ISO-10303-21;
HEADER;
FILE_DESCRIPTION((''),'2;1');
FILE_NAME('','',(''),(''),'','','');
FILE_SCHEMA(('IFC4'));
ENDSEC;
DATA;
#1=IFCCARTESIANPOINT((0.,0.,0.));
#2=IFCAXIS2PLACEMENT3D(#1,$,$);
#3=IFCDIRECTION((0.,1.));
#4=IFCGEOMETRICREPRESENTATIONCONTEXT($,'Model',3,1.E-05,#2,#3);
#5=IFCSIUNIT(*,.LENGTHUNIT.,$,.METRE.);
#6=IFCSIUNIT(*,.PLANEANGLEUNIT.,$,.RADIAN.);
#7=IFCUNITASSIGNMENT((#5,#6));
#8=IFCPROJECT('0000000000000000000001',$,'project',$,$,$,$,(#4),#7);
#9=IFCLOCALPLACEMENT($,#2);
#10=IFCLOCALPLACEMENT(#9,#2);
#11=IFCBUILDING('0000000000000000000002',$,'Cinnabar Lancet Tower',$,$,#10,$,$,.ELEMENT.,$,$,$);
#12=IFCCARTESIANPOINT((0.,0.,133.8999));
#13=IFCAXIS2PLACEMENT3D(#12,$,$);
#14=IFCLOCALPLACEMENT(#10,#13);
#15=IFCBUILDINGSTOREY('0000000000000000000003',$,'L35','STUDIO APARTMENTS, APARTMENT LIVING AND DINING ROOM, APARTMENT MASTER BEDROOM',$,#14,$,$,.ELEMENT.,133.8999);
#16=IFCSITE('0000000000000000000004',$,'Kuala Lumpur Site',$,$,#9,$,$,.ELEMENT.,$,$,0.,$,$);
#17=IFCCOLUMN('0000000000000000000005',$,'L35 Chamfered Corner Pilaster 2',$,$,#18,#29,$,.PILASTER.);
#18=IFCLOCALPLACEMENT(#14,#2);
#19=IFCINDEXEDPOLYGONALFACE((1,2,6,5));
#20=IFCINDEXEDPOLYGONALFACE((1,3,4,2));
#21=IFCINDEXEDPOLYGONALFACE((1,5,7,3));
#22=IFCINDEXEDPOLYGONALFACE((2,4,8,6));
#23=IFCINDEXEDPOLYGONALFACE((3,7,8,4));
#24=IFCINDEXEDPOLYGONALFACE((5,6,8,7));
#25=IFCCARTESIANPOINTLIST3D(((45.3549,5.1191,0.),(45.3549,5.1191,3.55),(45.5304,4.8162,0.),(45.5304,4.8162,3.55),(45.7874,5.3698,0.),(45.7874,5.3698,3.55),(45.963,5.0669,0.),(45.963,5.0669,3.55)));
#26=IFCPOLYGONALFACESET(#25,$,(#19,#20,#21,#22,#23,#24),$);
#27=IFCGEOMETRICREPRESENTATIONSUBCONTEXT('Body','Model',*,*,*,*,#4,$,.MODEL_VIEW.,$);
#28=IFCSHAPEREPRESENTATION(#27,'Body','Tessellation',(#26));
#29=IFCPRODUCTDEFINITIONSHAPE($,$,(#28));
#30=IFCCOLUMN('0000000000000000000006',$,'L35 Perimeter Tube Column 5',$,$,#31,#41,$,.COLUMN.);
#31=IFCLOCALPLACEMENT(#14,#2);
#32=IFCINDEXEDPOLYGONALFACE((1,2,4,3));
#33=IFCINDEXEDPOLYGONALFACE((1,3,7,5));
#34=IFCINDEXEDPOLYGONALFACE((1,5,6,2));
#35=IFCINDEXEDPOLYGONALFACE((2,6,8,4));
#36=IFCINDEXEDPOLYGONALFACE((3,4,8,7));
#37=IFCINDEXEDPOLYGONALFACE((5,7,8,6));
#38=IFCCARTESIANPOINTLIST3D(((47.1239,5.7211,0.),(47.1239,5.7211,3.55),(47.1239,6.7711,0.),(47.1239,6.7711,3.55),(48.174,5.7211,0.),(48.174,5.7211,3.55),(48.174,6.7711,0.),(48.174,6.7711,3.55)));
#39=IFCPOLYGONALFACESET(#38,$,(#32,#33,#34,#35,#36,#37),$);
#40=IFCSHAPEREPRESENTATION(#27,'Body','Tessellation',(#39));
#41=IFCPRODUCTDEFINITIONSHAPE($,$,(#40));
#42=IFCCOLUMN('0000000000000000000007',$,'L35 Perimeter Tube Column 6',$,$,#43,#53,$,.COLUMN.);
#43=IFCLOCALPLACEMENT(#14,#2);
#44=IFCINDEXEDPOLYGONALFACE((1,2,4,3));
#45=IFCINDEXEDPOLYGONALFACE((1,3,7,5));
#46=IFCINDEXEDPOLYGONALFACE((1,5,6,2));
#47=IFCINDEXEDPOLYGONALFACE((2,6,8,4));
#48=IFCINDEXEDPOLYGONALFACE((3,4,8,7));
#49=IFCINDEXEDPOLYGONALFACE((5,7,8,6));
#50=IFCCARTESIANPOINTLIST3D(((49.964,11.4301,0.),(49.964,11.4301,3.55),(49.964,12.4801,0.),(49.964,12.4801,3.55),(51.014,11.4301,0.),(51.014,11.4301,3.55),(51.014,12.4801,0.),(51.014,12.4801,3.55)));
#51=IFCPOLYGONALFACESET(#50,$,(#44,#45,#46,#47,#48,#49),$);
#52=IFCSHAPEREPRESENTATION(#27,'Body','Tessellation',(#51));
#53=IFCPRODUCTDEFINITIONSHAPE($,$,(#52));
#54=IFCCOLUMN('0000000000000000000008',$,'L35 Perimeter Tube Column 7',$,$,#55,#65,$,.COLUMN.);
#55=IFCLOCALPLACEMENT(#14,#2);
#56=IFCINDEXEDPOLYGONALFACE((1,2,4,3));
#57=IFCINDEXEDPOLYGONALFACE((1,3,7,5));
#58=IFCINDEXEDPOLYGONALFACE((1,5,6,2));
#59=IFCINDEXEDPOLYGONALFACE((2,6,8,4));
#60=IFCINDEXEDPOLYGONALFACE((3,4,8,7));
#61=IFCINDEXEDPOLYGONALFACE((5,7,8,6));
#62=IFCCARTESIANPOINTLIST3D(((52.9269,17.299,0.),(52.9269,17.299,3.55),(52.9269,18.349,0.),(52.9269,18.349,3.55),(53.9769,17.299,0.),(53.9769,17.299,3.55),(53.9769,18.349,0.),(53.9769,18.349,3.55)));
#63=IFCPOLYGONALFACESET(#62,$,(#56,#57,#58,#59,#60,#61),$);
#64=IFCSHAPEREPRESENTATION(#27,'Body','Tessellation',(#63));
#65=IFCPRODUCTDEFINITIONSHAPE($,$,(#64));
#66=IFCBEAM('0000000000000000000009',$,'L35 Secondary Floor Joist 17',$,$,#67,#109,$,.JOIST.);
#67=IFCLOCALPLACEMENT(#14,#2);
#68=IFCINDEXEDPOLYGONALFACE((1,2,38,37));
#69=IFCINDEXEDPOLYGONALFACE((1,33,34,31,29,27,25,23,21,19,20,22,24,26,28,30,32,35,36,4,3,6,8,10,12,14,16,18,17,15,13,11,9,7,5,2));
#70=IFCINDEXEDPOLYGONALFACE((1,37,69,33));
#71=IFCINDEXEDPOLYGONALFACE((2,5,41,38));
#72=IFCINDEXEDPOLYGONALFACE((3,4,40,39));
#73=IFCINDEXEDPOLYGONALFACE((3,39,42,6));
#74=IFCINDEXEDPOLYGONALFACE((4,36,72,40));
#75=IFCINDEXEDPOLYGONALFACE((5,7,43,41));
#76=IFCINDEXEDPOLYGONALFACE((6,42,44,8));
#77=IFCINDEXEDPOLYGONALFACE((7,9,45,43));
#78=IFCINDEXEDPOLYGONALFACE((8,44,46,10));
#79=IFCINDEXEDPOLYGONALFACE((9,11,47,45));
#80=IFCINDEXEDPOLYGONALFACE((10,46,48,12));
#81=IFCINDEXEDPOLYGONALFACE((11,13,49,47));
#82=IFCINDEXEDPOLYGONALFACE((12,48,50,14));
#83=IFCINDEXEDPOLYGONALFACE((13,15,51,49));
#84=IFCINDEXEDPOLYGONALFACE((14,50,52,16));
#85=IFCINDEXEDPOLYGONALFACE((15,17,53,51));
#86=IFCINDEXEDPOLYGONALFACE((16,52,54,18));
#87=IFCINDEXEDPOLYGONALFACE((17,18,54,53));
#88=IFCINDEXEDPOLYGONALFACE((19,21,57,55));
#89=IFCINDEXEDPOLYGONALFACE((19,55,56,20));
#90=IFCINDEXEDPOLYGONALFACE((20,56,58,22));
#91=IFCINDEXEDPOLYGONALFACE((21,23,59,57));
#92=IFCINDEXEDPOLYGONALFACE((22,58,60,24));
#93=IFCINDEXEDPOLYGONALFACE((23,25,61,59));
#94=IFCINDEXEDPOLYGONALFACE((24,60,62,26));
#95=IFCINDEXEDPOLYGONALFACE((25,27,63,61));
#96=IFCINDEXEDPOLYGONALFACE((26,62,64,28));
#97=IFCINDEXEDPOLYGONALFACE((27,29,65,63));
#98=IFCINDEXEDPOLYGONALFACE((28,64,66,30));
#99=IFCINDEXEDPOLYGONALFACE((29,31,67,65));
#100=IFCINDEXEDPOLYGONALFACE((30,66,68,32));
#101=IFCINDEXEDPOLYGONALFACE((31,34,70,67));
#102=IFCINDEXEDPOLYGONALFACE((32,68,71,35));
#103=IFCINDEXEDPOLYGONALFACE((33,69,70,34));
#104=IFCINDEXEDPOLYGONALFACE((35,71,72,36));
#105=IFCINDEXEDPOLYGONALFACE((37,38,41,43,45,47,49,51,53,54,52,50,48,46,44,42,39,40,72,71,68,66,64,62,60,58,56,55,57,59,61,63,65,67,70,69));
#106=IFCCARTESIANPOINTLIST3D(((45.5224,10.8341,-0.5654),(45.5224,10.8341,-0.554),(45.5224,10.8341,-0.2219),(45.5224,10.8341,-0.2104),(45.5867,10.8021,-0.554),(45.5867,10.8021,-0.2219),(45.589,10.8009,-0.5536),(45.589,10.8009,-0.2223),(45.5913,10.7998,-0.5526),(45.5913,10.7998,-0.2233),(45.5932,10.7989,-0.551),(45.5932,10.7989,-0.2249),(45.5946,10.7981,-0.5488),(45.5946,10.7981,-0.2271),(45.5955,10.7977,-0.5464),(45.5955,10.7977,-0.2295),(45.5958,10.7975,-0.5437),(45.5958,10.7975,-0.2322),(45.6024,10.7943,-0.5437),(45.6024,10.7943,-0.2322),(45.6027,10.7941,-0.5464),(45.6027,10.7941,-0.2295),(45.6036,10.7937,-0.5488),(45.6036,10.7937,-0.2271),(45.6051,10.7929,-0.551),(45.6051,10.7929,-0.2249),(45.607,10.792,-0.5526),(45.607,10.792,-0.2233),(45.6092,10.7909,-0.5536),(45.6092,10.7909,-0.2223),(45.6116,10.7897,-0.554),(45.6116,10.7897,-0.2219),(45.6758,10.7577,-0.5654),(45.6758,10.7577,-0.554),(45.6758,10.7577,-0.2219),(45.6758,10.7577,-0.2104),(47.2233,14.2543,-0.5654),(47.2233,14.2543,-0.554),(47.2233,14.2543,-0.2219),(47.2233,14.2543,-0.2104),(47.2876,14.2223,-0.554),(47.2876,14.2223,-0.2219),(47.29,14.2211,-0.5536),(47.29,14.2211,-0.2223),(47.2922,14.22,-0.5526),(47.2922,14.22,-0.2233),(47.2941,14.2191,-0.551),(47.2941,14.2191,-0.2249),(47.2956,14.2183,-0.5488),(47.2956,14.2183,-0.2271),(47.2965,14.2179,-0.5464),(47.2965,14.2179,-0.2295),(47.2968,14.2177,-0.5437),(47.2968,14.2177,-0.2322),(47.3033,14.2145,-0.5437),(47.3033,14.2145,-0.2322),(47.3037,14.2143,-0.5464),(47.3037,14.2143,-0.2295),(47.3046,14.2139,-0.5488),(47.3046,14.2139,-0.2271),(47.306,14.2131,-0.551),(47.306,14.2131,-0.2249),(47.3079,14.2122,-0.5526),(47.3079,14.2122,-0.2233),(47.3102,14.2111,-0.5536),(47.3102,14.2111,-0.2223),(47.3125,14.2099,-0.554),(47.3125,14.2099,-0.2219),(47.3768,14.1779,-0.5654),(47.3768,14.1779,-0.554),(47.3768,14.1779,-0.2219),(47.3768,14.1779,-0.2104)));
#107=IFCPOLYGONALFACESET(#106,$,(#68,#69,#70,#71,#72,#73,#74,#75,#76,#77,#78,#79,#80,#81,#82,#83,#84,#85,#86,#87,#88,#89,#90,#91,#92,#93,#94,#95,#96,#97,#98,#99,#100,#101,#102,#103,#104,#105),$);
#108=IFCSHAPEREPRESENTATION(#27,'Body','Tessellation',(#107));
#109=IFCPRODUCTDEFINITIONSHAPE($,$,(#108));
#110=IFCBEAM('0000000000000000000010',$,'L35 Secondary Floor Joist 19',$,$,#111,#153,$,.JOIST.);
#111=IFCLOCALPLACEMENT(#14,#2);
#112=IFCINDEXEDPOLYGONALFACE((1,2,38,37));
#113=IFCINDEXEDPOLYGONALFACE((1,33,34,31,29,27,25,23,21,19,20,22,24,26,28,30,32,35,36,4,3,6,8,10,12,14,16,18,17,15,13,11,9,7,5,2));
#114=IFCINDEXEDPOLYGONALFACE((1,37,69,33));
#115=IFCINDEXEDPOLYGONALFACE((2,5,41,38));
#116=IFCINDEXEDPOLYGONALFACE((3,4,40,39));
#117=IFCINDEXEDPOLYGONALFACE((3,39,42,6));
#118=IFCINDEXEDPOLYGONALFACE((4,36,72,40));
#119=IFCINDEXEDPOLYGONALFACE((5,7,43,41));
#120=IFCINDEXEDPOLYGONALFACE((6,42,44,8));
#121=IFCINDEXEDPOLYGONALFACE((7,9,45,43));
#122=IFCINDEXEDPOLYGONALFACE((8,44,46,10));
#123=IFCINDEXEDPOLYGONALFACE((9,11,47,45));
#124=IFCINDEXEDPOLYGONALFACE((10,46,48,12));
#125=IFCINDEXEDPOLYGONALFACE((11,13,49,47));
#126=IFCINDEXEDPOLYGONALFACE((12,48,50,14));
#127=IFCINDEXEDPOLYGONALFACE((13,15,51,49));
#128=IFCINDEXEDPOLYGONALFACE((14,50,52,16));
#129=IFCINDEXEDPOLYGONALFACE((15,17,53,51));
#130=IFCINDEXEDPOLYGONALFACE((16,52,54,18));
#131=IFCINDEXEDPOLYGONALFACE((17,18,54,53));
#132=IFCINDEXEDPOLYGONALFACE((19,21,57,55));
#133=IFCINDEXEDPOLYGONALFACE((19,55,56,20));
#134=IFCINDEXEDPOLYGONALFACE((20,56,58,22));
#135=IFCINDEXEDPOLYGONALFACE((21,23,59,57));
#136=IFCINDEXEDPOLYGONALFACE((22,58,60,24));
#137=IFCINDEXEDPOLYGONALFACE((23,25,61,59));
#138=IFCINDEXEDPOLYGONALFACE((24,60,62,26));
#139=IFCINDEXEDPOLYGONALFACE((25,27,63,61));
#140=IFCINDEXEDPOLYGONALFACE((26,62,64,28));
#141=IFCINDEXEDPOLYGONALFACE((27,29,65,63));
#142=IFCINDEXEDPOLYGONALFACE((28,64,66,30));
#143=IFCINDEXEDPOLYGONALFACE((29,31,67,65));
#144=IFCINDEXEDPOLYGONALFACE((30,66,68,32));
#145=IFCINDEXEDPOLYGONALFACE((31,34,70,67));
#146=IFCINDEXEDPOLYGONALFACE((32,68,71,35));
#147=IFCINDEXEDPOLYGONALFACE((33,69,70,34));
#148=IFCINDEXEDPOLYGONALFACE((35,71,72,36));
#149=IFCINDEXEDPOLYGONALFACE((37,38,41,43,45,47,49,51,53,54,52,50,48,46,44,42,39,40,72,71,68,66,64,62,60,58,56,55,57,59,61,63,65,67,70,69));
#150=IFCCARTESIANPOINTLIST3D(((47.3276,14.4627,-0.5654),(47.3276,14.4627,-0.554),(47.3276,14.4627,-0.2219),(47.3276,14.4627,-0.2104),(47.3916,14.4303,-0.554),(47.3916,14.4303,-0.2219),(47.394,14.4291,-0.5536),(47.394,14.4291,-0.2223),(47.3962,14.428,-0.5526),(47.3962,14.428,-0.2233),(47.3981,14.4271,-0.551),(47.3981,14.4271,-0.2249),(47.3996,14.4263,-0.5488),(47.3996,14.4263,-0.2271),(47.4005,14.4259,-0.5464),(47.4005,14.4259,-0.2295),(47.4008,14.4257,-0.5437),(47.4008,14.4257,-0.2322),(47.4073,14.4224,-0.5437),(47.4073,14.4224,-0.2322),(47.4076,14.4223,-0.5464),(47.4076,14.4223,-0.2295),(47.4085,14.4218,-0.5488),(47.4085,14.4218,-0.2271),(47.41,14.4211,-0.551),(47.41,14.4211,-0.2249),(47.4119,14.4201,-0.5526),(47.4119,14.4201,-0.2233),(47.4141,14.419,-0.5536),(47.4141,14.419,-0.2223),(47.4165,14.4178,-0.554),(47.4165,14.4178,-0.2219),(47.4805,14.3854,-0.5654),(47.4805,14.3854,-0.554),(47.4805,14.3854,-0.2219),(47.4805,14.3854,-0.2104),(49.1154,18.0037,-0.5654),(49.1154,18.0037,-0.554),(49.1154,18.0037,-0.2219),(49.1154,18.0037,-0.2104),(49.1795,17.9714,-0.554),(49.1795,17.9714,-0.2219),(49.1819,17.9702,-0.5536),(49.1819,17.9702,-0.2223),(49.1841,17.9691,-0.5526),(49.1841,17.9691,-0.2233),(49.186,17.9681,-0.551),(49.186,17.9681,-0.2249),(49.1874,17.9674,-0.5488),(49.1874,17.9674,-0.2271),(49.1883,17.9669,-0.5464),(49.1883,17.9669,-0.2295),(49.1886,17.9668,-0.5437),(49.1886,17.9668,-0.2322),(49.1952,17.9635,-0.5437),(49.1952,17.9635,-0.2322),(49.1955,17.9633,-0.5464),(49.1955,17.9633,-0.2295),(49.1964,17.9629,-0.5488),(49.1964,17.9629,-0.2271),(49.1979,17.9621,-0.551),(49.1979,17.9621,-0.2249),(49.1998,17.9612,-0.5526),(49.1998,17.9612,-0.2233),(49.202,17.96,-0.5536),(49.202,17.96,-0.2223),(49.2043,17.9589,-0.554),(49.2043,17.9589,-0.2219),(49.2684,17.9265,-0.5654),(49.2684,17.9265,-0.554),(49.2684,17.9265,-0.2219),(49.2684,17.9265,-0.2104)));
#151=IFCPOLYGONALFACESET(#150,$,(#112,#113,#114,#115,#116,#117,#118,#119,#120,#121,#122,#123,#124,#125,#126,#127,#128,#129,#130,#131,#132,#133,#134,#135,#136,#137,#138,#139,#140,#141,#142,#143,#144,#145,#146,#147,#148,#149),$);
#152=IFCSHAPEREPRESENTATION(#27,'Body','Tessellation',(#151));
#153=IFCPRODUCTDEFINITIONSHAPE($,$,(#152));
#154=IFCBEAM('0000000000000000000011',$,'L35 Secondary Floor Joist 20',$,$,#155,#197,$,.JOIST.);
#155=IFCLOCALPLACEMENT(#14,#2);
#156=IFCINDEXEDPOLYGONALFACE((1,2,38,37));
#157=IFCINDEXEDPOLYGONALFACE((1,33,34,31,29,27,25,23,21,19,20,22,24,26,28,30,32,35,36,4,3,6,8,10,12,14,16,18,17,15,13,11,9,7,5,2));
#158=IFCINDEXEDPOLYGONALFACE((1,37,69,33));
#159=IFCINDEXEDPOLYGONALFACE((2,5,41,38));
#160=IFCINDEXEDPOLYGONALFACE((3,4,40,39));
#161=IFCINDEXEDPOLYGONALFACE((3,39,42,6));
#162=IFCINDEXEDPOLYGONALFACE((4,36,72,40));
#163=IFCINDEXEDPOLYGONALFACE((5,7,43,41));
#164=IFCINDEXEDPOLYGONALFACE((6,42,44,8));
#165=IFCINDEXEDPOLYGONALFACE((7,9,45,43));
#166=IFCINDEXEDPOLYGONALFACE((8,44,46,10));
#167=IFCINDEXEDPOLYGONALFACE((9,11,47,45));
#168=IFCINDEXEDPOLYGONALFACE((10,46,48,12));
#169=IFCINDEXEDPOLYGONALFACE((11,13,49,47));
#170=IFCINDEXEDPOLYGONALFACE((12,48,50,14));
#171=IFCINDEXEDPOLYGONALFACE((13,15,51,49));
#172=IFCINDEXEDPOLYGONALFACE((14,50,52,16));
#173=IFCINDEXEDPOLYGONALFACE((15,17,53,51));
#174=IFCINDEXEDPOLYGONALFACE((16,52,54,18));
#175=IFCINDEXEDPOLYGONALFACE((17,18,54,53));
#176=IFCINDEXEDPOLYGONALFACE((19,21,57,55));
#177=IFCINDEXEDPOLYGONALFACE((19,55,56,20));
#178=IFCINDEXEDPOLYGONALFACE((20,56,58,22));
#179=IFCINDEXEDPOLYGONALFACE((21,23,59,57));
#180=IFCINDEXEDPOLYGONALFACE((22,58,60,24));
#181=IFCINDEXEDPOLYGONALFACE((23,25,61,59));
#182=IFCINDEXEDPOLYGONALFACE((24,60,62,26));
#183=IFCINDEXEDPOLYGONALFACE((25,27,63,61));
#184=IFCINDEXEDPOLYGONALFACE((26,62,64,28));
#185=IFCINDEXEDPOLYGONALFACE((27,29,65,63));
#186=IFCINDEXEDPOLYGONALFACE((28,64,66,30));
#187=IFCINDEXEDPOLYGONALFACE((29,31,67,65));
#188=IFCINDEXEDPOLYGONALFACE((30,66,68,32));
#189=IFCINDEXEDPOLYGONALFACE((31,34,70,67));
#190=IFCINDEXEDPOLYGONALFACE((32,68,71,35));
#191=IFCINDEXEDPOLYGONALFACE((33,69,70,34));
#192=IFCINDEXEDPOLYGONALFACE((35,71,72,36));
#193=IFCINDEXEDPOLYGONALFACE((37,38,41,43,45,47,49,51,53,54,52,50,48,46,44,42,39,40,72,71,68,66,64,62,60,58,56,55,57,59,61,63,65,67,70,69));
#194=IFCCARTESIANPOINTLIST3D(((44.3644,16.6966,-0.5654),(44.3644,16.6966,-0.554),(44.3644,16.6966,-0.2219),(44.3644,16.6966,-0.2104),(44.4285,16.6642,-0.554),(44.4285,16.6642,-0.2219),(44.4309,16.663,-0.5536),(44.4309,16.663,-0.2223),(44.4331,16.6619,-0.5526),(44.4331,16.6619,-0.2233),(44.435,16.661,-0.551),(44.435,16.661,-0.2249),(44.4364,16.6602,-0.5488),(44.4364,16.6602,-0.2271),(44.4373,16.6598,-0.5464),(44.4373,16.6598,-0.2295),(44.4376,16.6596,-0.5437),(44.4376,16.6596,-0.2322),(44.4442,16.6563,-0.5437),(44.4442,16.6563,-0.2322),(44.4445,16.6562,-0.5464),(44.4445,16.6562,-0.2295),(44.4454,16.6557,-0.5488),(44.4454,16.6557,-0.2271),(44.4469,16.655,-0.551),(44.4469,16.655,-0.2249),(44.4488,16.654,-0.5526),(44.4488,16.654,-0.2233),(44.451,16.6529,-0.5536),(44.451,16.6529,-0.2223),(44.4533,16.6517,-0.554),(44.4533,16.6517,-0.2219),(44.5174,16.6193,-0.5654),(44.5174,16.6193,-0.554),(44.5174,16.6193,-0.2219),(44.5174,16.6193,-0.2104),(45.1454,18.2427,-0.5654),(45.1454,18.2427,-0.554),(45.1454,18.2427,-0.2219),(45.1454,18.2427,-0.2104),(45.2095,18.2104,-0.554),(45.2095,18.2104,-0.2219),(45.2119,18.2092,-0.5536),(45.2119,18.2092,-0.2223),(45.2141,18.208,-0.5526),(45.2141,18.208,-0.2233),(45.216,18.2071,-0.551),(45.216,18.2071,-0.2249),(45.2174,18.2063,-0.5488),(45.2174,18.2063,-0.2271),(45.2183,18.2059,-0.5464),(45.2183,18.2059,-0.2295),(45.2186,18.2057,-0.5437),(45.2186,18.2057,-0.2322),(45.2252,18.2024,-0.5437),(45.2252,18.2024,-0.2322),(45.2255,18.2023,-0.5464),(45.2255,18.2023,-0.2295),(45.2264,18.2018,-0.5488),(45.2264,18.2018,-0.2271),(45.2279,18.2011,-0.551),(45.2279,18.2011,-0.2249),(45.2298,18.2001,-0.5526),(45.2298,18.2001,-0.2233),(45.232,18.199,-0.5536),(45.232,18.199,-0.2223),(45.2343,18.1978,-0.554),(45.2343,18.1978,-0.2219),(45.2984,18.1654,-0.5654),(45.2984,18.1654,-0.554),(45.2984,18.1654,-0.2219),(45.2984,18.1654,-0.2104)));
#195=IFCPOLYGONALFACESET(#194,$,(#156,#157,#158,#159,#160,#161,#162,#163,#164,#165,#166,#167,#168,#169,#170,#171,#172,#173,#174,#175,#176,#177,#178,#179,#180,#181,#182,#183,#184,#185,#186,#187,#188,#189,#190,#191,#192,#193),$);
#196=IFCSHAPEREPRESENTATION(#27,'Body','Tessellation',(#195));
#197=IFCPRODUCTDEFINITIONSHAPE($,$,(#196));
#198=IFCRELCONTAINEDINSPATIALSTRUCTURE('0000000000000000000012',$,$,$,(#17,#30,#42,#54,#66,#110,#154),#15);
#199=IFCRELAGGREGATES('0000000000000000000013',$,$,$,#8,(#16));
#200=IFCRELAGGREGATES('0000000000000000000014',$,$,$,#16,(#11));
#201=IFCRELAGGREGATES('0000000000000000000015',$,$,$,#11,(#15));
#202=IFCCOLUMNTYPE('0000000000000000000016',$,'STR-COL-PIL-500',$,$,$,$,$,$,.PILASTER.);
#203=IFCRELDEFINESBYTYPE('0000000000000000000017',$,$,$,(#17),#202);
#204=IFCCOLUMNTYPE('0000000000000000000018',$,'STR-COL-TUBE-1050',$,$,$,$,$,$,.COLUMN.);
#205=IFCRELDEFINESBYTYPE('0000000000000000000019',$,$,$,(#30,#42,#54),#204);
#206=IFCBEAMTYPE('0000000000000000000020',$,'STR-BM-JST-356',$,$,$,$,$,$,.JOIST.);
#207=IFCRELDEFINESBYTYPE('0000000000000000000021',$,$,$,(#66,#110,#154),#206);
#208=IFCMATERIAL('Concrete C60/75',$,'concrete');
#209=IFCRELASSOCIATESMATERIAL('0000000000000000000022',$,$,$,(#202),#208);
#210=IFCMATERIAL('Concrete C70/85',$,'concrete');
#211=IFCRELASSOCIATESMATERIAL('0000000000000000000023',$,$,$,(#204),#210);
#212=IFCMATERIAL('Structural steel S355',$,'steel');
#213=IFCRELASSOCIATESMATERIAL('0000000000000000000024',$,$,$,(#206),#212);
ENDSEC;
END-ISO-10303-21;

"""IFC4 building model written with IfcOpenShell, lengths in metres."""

from ifc_helpers import new_model, si_unit, direction, frame, origin, origin_2d, place, context, subcontext, project, spatial, rectangle, i_section, extrude, material, material_profile, profile_set, type_object, element, save


model = new_model("IFC4")

# Units and contexts
model_context = context("Model", 3, precision=1e-05, world=origin(), true_north=direction((0.0, 1.0)))
body_context = subcontext(model_context, "Body", "Model", "MODEL_VIEW")
ifc_project = project(units=[si_unit("LENGTHUNIT", "METRE"), si_unit("PLANEANGLEUNIT", "RADIAN")], contexts=[model_context])

# Site, building, storey
site_placement = place(None, origin())
site = spatial("IfcSite", under=ifc_project, at=site_placement, Name="Kuala Lumpur Site", CompositionType="ELEMENT", RefElevation=0.0)
building_placement = place(site_placement, origin())
building = spatial("IfcBuilding", under=site, at=building_placement, Name="Cinnabar Lancet Tower", CompositionType="ELEMENT")
storey_placement = place(building_placement, frame((0.0, 0.0, 133.8999)))
storey = spatial("IfcBuildingStorey", under=building, at=storey_placement, Name="L35", Description="STUDIO APARTMENTS, APARTMENT LIVING AND DINING ROOM, APARTMENT MASTER BEDROOM", CompositionType="ELEMENT", Elevation=133.8999)

# Columns
ifc_material_1 = material(Name="Concrete C60/75", Category="concrete")
ifc_material_profile_1 = material_profile(ifc_material_1, rectangle(XDim=0.5, YDim=0.3501, at=origin_2d()), Name="RC-PIL 500x350")
ifc_profile_set_1 = profile_set([ifc_material_profile_1], Name="Concrete C60/75")
column_type_1 = type_object("IfcColumnType", Name="STR-COL-PIL-500", PredefinedType="PILASTER", material=ifc_profile_set_1)
column_placement = place(storey_placement, frame((45.6589, 5.093, 0.0), z_axis=(0.0, 0.0, 1.0), x_axis=(0.86516, 0.501496, 0.0)))
element("IfcColumn", 1, at=column_placement, inside=storey, type_object=column_type_1, Name="L35 Chamfered Corner Pilaster 2", PredefinedType="PILASTER", context=body_context, shape_type="SweptSolid", body=[
    extrude(rectangle(XDim=0.5, YDim=0.3501, at=origin_2d()), origin(), (0.0, 0.0, 1.0), 3.55),
])
ifc_material_2 = material(Name="Concrete C70/85", Category="concrete")
ifc_material_profile_2 = material_profile(ifc_material_2, rectangle(XDim=1.05, YDim=1.05, at=origin_2d()), Name="RC-COL 1050x1050")
ifc_profile_set_2 = profile_set([ifc_material_profile_2], Name="Concrete C70/85")
column_type_2 = type_object("IfcColumnType", Name="STR-COL-TUBE-1050", PredefinedType="COLUMN", material=ifc_profile_set_2)
for number, where, z_axis, x_axis, name in (
    (2, (47.6489, 6.2461, 0.0), (0.0, 0.0, 1.0), (1.0, 0.0, 0.0), "L35 Perimeter Tube Column 5"),
    (3, (50.489, 11.9551, 0.0), (0.0, 0.0, 1.0), (1.0, 0.0, 0.0), "L35 Perimeter Tube Column 6"),
    (4, (53.4519, 17.824, 0.0), (0.0, 0.0, 1.0), (1.0, 0.0, 0.0), "L35 Perimeter Tube Column 7"),
):
    element("IfcColumn", number, at=place(storey_placement, frame(where, z_axis=z_axis, x_axis=x_axis)), inside=storey, type_object=column_type_2, Name=name, PredefinedType="COLUMN", context=body_context, shape_type="SweptSolid", body=[
        extrude(rectangle(XDim=1.05, YDim=1.05, at=origin_2d()), origin(), (0.0, 0.0, 1.0), 3.55),
    ])

# Beams
ifc_material_3 = material(Name="Structural steel S355", Category="steel")
ifc_material_profile_3 = material_profile(ifc_material_3, i_section(OverallWidth=0.1714, OverallDepth=0.355, WebThickness=0.0073, FlangeThickness=0.0115, FilletRadius=0.0103, at=origin_2d()), Name="UKB 356x171x51")
ifc_profile_set_3 = profile_set([ifc_material_profile_3], Name="Structural steel S355")
beam_type_1 = type_object("IfcBeamType", Name="STR-BM-JST-356", PredefinedType="JOIST", material=ifc_profile_set_3)
beam_1_placement = place(storey_placement, frame((45.5991, 10.7959, -0.3879), z_axis=(0.445295, 0.895384, 0.0), x_axis=(-0.895384, 0.445295, 0.0)))
element("IfcBeam", 5, at=beam_1_placement, inside=storey, type_object=beam_type_1, Name="L35 Secondary Floor Joist 17", PredefinedType="JOIST", context=body_context, shape_type="SweptSolid", body=[
    extrude(i_section(OverallWidth=0.1714, OverallDepth=0.355, WebThickness=0.0073, FlangeThickness=0.0115, FilletRadius=0.0103, at=origin_2d()), origin(), (0.0, 0.0, 1.0), 3.8198),
])
beam_2_placement = place(storey_placement, frame((47.4041, 14.4241, -0.3879), z_axis=(0.450706, 0.892672, 0.0), x_axis=(-0.892672, 0.450706, 0.0)))
element("IfcBeam", 6, at=beam_2_placement, inside=storey, type_object=beam_type_1, Name="L35 Secondary Floor Joist 19", PredefinedType="JOIST", context=body_context, shape_type="SweptSolid", body=[
    extrude(i_section(OverallWidth=0.1714, OverallDepth=0.355, WebThickness=0.0073, FlangeThickness=0.0115, FilletRadius=0.0103, at=origin_2d()), origin(), (0.0, 0.0, 1.0), 3.9668),
])
beam_3_placement = place(storey_placement, frame((44.4409, 16.658, -0.3879), z_axis=(0.450874, 0.892587, 0.0), x_axis=(-0.892587, 0.450874, 0.0)))
element("IfcBeam", 7, at=beam_3_placement, inside=storey, type_object=beam_type_1, Name="L35 Secondary Floor Joist 20", PredefinedType="JOIST", context=body_context, shape_type="SweptSolid", body=[
    extrude(i_section(OverallWidth=0.1714, OverallDepth=0.355, WebThickness=0.0073, FlangeThickness=0.0115, FilletRadius=0.0103, at=origin_2d()), origin(), (0.0, 0.0, 1.0), 1.7322),
])

save(model, "model.ifc")
